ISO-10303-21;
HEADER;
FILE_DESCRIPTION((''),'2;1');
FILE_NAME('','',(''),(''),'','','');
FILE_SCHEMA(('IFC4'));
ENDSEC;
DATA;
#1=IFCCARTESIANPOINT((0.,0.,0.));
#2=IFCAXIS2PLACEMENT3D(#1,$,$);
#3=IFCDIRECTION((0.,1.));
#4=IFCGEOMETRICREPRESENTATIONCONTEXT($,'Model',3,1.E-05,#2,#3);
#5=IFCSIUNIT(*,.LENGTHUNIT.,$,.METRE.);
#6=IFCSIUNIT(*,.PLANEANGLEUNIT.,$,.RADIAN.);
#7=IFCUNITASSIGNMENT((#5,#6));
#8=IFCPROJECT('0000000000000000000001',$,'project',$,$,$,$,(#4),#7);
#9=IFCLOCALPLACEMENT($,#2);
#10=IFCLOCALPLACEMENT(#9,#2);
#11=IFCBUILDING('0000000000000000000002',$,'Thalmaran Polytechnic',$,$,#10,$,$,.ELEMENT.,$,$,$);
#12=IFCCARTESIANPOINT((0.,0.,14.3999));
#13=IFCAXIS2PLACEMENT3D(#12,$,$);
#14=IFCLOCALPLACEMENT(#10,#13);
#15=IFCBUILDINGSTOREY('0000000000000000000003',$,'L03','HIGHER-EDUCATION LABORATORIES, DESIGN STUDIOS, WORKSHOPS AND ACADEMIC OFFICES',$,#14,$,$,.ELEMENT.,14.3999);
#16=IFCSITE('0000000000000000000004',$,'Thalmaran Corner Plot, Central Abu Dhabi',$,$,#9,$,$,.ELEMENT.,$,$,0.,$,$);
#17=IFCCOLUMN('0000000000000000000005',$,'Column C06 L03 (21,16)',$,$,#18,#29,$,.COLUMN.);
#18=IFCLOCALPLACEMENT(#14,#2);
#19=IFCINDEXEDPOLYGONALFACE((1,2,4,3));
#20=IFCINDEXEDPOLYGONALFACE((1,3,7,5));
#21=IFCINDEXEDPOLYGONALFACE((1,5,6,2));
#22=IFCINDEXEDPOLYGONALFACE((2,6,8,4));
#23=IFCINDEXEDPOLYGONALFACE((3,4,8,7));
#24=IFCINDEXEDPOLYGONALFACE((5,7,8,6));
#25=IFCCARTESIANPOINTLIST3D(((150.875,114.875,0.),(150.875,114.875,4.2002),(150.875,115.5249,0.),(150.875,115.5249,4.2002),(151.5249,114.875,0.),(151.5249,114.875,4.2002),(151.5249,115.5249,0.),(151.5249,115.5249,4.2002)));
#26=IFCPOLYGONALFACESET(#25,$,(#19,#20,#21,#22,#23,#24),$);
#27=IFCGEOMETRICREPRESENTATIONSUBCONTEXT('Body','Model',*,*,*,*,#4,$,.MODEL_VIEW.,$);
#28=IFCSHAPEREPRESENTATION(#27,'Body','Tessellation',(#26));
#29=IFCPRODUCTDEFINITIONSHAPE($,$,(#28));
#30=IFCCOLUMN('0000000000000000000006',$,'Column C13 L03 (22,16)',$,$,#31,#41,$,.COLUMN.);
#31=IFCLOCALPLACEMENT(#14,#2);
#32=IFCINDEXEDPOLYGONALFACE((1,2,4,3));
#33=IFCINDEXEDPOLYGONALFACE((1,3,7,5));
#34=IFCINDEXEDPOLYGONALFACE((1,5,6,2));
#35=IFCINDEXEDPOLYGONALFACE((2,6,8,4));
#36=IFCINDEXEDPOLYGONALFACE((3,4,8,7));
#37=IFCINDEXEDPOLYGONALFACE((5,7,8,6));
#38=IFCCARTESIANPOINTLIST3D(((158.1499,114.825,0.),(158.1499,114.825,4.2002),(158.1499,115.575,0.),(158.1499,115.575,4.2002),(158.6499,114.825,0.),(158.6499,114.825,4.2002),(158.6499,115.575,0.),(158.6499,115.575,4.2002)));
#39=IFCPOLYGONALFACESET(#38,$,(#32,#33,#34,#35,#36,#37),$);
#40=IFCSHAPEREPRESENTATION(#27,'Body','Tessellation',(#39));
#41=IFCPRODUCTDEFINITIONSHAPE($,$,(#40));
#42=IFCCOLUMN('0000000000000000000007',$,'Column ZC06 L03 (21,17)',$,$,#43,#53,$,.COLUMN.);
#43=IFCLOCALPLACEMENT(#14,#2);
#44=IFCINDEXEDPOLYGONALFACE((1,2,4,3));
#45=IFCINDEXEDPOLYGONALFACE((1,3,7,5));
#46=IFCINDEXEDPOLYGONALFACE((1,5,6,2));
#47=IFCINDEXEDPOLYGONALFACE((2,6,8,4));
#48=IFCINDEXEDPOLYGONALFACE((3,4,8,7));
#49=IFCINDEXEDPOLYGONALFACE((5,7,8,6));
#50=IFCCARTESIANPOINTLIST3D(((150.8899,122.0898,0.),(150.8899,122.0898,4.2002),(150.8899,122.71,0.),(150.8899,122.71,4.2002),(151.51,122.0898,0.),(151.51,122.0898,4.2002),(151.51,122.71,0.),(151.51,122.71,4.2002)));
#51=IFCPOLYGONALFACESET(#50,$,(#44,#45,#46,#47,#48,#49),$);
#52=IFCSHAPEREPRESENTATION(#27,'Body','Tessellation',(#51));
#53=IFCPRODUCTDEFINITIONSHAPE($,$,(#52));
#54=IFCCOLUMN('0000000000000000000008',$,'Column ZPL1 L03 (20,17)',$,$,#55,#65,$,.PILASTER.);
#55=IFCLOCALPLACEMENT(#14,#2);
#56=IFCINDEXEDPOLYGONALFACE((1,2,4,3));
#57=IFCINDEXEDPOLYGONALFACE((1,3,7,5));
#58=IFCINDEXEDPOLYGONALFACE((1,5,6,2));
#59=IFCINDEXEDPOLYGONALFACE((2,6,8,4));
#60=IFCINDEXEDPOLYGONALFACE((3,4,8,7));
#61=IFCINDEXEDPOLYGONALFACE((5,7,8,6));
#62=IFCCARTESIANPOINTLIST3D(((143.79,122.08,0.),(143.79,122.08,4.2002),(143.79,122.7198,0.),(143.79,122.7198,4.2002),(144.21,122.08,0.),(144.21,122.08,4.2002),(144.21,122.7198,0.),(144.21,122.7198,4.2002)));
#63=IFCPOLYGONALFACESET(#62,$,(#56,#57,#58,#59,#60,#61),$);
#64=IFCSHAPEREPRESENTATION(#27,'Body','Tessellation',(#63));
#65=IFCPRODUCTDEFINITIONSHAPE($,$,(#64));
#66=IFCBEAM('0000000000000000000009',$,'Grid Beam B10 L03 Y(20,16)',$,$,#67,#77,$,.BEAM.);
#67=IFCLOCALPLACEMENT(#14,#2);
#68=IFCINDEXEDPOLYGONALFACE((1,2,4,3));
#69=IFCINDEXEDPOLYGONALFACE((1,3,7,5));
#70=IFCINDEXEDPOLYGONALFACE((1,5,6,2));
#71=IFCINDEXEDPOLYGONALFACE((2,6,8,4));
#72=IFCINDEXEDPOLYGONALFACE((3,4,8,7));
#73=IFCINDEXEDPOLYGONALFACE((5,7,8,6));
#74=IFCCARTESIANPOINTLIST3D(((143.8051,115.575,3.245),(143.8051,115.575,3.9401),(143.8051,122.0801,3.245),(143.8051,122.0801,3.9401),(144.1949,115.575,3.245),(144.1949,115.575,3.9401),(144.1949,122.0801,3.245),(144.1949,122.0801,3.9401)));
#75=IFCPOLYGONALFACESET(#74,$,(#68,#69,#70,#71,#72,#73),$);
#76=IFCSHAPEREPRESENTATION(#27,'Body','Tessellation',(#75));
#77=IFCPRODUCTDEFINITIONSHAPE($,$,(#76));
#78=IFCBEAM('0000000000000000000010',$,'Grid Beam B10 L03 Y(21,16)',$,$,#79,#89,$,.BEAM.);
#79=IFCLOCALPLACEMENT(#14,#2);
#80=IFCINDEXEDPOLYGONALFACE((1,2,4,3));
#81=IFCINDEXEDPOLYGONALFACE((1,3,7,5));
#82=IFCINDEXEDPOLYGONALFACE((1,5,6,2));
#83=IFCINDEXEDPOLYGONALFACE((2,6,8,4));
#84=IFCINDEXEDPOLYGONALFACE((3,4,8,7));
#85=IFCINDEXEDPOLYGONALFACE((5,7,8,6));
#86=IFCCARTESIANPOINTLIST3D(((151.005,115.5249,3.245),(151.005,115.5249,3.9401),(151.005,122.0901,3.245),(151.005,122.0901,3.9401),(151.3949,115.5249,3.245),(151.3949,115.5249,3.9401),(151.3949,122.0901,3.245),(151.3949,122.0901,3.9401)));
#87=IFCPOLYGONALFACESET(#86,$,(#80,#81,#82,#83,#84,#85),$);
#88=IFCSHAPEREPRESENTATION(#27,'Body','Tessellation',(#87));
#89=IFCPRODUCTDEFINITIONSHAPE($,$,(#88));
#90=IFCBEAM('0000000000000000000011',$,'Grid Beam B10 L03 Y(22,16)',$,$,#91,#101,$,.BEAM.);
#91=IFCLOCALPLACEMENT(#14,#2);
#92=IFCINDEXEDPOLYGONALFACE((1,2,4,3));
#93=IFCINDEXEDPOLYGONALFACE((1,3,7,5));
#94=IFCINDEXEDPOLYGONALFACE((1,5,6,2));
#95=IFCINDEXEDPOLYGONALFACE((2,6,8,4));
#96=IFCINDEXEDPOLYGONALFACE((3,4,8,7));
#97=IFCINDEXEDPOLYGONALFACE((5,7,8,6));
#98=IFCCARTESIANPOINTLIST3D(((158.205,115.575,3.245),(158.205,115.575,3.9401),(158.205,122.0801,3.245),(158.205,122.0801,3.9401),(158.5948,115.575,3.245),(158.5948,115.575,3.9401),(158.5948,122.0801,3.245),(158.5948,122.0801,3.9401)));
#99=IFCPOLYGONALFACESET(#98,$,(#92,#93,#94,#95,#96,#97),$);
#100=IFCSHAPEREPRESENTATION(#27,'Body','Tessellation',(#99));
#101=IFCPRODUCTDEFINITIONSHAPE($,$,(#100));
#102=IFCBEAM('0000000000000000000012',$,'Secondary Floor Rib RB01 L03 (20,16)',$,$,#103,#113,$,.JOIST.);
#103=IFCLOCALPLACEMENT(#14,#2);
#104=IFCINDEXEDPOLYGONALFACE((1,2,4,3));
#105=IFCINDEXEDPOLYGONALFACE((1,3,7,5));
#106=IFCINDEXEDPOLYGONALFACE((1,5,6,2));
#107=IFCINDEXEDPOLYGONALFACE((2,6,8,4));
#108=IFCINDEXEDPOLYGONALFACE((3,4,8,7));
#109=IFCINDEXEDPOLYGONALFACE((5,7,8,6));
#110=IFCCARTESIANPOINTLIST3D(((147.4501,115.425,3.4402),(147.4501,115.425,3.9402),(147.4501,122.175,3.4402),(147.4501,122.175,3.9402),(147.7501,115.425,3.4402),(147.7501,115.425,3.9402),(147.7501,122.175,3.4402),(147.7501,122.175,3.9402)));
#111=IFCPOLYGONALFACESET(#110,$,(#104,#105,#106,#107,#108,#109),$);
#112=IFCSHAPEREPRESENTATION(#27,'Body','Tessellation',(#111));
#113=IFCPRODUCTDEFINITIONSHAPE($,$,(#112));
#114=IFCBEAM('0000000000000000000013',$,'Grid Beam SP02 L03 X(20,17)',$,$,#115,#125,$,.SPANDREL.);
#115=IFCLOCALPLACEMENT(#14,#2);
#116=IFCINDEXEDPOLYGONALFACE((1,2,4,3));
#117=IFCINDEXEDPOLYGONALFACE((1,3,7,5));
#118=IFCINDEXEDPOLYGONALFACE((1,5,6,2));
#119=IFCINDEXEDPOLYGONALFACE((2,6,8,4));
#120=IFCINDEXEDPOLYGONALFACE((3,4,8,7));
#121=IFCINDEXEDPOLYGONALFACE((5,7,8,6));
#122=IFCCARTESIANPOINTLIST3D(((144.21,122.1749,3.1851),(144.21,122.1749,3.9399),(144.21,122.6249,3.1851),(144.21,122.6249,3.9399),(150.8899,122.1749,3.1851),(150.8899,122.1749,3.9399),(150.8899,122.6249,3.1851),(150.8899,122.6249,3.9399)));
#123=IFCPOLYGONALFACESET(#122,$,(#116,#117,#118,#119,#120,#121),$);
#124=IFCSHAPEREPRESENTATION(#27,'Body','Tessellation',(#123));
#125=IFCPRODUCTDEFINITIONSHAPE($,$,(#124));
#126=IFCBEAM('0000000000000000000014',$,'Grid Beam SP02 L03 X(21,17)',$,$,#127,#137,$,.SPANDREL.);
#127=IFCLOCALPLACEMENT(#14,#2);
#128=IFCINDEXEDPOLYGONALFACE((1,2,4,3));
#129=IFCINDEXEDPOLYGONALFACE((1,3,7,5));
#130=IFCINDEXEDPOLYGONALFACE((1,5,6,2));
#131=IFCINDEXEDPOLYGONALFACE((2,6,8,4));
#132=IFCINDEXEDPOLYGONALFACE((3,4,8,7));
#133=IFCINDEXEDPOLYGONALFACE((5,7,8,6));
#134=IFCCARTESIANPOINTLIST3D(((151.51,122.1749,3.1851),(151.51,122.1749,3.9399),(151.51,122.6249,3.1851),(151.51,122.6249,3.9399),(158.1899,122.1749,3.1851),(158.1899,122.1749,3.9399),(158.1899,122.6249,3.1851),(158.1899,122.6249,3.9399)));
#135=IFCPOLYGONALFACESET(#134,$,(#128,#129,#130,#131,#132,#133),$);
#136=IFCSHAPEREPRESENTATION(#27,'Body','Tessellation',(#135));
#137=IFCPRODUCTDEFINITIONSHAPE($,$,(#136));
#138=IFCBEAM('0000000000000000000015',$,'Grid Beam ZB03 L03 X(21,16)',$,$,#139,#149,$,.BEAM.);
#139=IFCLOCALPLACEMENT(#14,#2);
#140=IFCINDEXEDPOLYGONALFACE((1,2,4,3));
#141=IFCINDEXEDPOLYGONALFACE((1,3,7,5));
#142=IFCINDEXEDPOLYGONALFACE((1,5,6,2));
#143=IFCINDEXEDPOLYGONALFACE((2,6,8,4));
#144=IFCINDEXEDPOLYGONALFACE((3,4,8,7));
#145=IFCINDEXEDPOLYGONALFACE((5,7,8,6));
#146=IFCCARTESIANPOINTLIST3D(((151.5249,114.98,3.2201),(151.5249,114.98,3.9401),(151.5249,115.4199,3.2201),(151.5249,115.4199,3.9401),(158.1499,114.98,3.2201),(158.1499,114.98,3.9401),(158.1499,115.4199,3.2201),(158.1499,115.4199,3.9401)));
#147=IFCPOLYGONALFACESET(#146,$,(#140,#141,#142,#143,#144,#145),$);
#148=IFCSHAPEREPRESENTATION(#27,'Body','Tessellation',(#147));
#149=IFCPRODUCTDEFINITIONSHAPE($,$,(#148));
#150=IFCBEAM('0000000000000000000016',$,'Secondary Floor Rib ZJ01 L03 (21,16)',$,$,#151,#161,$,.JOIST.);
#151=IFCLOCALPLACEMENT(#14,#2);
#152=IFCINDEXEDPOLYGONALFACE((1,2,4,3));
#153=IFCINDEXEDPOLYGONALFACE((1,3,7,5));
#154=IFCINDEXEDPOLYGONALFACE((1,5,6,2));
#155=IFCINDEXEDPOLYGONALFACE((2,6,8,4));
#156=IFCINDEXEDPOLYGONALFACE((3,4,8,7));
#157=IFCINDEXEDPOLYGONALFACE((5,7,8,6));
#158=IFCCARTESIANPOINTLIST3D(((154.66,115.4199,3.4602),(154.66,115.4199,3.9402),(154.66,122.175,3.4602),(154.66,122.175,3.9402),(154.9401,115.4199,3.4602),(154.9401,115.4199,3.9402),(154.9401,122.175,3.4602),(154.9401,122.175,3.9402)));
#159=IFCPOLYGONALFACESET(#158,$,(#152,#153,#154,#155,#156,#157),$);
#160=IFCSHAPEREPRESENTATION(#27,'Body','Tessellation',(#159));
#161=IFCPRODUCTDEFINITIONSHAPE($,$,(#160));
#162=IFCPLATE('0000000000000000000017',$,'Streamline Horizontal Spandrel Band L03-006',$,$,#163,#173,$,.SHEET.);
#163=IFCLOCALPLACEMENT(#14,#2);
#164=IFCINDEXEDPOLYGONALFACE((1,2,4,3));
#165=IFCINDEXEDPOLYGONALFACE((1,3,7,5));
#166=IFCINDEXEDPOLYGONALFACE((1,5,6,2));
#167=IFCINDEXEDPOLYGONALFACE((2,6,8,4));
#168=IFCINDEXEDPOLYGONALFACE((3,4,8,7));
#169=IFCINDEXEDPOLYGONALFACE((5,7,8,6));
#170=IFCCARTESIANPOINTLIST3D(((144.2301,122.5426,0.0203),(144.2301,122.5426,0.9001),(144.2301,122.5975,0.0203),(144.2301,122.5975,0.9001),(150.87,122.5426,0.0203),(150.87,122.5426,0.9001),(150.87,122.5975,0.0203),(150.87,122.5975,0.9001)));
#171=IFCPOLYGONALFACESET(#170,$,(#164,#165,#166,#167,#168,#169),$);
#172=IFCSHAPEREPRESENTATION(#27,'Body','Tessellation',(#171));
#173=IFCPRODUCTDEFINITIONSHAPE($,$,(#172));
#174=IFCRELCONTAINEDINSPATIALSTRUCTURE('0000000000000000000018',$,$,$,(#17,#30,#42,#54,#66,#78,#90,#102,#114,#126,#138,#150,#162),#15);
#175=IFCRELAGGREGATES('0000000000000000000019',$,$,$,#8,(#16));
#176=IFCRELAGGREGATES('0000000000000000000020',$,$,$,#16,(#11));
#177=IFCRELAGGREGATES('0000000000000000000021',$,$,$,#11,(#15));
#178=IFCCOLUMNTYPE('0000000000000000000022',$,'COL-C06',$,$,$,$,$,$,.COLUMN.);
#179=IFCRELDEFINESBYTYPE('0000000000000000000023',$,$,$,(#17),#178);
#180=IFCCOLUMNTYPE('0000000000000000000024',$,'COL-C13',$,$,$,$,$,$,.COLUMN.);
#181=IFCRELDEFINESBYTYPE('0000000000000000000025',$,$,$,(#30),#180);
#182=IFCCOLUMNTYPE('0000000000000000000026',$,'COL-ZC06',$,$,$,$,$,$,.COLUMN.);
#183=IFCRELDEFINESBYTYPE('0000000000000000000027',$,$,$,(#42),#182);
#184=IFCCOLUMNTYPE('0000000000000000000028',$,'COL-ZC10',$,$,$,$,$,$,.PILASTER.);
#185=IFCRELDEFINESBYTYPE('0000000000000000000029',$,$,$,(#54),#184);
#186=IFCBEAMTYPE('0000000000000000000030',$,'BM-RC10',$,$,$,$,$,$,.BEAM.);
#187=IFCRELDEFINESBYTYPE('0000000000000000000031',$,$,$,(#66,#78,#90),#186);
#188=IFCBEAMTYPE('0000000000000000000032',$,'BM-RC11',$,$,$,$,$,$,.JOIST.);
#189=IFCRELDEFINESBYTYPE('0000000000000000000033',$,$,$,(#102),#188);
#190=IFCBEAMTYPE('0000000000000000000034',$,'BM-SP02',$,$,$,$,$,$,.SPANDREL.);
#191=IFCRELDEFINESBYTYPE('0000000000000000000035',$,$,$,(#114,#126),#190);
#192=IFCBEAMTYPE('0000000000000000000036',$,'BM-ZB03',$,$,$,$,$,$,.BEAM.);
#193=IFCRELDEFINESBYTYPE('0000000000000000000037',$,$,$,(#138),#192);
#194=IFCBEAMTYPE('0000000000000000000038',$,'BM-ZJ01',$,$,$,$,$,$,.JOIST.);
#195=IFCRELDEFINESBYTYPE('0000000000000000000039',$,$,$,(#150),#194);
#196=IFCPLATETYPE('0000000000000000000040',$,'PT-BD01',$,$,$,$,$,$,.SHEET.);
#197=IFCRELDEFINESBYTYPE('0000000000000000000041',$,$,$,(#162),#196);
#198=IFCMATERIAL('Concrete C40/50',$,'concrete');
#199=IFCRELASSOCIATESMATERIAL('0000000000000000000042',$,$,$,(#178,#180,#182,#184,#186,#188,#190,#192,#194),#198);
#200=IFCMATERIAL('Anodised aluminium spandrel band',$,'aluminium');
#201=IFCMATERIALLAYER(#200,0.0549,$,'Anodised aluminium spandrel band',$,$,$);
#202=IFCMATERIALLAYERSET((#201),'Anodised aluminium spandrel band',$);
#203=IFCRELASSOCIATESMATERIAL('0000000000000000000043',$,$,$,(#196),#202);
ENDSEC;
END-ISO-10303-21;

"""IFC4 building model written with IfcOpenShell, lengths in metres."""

from ifc_helpers import new_model, si_unit, direction, frame, origin, origin_2d, place, context, subcontext, project, spatial, rectangle, extrude, material, layer, layer_set, material_profile, profile_set, type_object, element, save


model = new_model("IFC4")

# Units and contexts
model_context = context("Model", 3, precision=1e-05, world=origin(), true_north=direction((0.0, 1.0)))
body_context = subcontext(model_context, "Body", "Model", "MODEL_VIEW")
ifc_project = project(units=[si_unit("LENGTHUNIT", "METRE"), si_unit("PLANEANGLEUNIT", "RADIAN")], contexts=[model_context])

# Site, building, storey
site_placement = place(None, origin())
site = spatial("IfcSite", under=ifc_project, at=site_placement, Name="Thalmaran Corner Plot, Central Abu Dhabi", CompositionType="ELEMENT", RefElevation=0.0)
building_placement = place(site_placement, origin())
building = spatial("IfcBuilding", under=site, at=building_placement, Name="Thalmaran Polytechnic", CompositionType="ELEMENT")
storey_placement = place(building_placement, frame((0.0, 0.0, 14.3999)))
storey = spatial("IfcBuildingStorey", under=building, at=storey_placement, Name="L03", Description="HIGHER-EDUCATION LABORATORIES, DESIGN STUDIOS, WORKSHOPS AND ACADEMIC OFFICES", CompositionType="ELEMENT", Elevation=14.3999)

# Columns
ifc_material_1 = material(Name="Concrete C40/50", Category="concrete")
ifc_material_profile_1 = material_profile(ifc_material_1, rectangle(XDim=0.6499, YDim=0.6499, at=origin_2d()), Name="RC 650x650")
ifc_profile_set_1 = profile_set([ifc_material_profile_1], Name="Concrete C40/50")
column_type_1 = type_object("IfcColumnType", Name="COL-C06", PredefinedType="COLUMN", material=ifc_profile_set_1)
column_1_placement = place(storey_placement, frame((151.2, 115.2, 0.0), z_axis=(0.0, 0.0, 1.0), x_axis=(1.0, 0.0, 0.0)))
element("IfcColumn", 1, at=column_1_placement, inside=storey, type_object=column_type_1, Name="Column C06 L03 (21,16)", PredefinedType="COLUMN", context=body_context, shape_type="SweptSolid", body=[
    extrude(rectangle(XDim=0.6499, YDim=0.6499, at=origin_2d()), origin(), (0.0, 0.0, 1.0), 4.2002),
])
ifc_material_profile_2 = material_profile(ifc_material_1, rectangle(XDim=0.5, YDim=0.75, at=origin_2d()), Name="RC 500x750")
ifc_profile_set_2 = profile_set([ifc_material_profile_2], Name="Concrete C40/50")
column_type_2 = type_object("IfcColumnType", Name="COL-C13", PredefinedType="COLUMN", material=ifc_profile_set_2)
column_2_placement = place(storey_placement, frame((158.3999, 115.2, 0.0), z_axis=(0.0, 0.0, 1.0), x_axis=(1.0, 0.0, 0.0)))
element("IfcColumn", 2, at=column_2_placement, inside=storey, type_object=column_type_2, Name="Column C13 L03 (22,16)", PredefinedType="COLUMN", context=body_context, shape_type="SweptSolid", body=[
    extrude(rectangle(XDim=0.5, YDim=0.75, at=origin_2d()), origin(), (0.0, 0.0, 1.0), 4.2002),
])
ifc_material_profile_3 = material_profile(ifc_material_1, rectangle(XDim=0.6201, YDim=0.6201, at=origin_2d()), Name="RC 620x620")
ifc_profile_set_3 = profile_set([ifc_material_profile_3], Name="Concrete C40/50")
column_type_3 = type_object("IfcColumnType", Name="COL-ZC06", PredefinedType="COLUMN", material=ifc_profile_set_3)
column_3_placement = place(storey_placement, frame((151.2, 122.3999, 0.0), z_axis=(0.0, 0.0, 1.0), x_axis=(1.0, 0.0, 0.0)))
element("IfcColumn", 3, at=column_3_placement, inside=storey, type_object=column_type_3, Name="Column ZC06 L03 (21,17)", PredefinedType="COLUMN", context=body_context, shape_type="SweptSolid", body=[
    extrude(rectangle(XDim=0.6201, YDim=0.6201, at=origin_2d()), origin(), (0.0, 0.0, 1.0), 4.2002),
])
ifc_material_profile_4 = material_profile(ifc_material_1, rectangle(XDim=0.4199, YDim=0.6399, at=origin_2d()), Name="RC 420x640")
ifc_profile_set_4 = profile_set([ifc_material_profile_4], Name="Concrete C40/50")
column_type_4 = type_object("IfcColumnType", Name="COL-ZC10", PredefinedType="PILASTER", material=ifc_profile_set_4)
column_4_placement = place(storey_placement, frame((144.0, 122.3999, 0.0), z_axis=(0.0, 0.0, 1.0), x_axis=(1.0, 0.0, 0.0)))
element("IfcColumn", 4, at=column_4_placement, inside=storey, type_object=column_type_4, Name="Column ZPL1 L03 (20,17)", PredefinedType="PILASTER", context=body_context, shape_type="SweptSolid", body=[
    extrude(rectangle(XDim=0.4199, YDim=0.6399, at=origin_2d()), origin(), (0.0, 0.0, 1.0), 4.2002),
])

# Beams
ifc_material_profile_5 = material_profile(ifc_material_1, rectangle(XDim=0.3899, YDim=0.6951, at=origin_2d()), Name="RC 390x695")
ifc_profile_set_5 = profile_set([ifc_material_profile_5], Name="Concrete C40/50")
beam_type_1 = type_object("IfcBeamType", Name="BM-RC10", PredefinedType="BEAM", material=ifc_profile_set_5)
beam_1_placement = place(storey_placement, frame((144.0, 115.575, 3.5925), z_axis=(0.0, 1.0, 0.0), x_axis=(-1.0, 0.0, 0.0)))
element("IfcBeam", 5, at=beam_1_placement, inside=storey, type_object=beam_type_1, Name="Grid Beam B10 L03 Y(20,16)", PredefinedType="BEAM", context=body_context, shape_type="SweptSolid", body=[
    extrude(rectangle(XDim=0.3899, YDim=0.6951, at=origin_2d()), origin(), (0.0, 0.0, 1.0), 6.5051),
])
beam_2_placement = place(storey_placement, frame((151.2, 115.5249, 3.5925), z_axis=(0.0, 1.0, 0.0), x_axis=(-1.0, 0.0, 0.0)))
element("IfcBeam", 6, at=beam_2_placement, inside=storey, type_object=beam_type_1, Name="Grid Beam B10 L03 Y(21,16)", PredefinedType="BEAM", context=body_context, shape_type="SweptSolid", body=[
    extrude(rectangle(XDim=0.3899, YDim=0.6951, at=origin_2d()), origin(), (0.0, 0.0, 1.0), 6.5652),
])
beam_3_placement = place(storey_placement, frame((158.3999, 115.575, 3.5925), z_axis=(0.0, 1.0, 0.0), x_axis=(-1.0, 0.0, 0.0)))
element("IfcBeam", 7, at=beam_3_placement, inside=storey, type_object=beam_type_1, Name="Grid Beam B10 L03 Y(22,16)", PredefinedType="BEAM", context=body_context, shape_type="SweptSolid", body=[
    extrude(rectangle(XDim=0.3899, YDim=0.6951, at=origin_2d()), origin(), (0.0, 0.0, 1.0), 6.5051),
])
ifc_material_profile_6 = material_profile(ifc_material_1, rectangle(XDim=0.3, YDim=0.5, at=origin_2d()), Name="RC 300x500")
ifc_profile_set_6 = profile_set([ifc_material_profile_6], Name="Concrete C40/50")
beam_type_2 = type_object("IfcBeamType", Name="BM-RC11", PredefinedType="JOIST", material=ifc_profile_set_6)
beam_4_placement = place(storey_placement, frame((147.6001, 115.425, 3.6902), z_axis=(0.0, 1.0, 0.0), x_axis=(-1.0, 0.0, 0.0)))
element("IfcBeam", 8, at=beam_4_placement, inside=storey, type_object=beam_type_2, Name="Secondary Floor Rib RB01 L03 (20,16)", PredefinedType="JOIST", context=body_context, shape_type="SweptSolid", body=[
    extrude(rectangle(XDim=0.3, YDim=0.5, at=origin_2d()), origin(), (0.0, 0.0, 1.0), 6.75),
])
ifc_material_profile_7 = material_profile(ifc_material_1, rectangle(XDim=0.45, YDim=0.7549, at=origin_2d()), Name="RC 450x755")
ifc_profile_set_7 = profile_set([ifc_material_profile_7], Name="Concrete C40/50")
beam_type_3 = type_object("IfcBeamType", Name="BM-SP02", PredefinedType="SPANDREL", material=ifc_profile_set_7)
for number, where, z_axis, x_axis, name in (
    (9, (144.21, 122.3999, 3.5625), (1.0, 0.0, 0.0), (0.0, 1.0, 0.0), "Grid Beam SP02 L03 X(20,17)"),
    (10, (151.51, 122.3999, 3.5625), (1.0, 0.0, 0.0), (0.0, 1.0, 0.0), "Grid Beam SP02 L03 X(21,17)"),
):
    element("IfcBeam", number, at=place(storey_placement, frame(where, z_axis=z_axis, x_axis=x_axis)), inside=storey, type_object=beam_type_3, Name=name, PredefinedType="SPANDREL", context=body_context, shape_type="SweptSolid", body=[
        extrude(rectangle(XDim=0.45, YDim=0.7549, at=origin_2d()), origin(), (0.0, 0.0, 1.0), 6.6799),
    ])
ifc_material_profile_8 = material_profile(ifc_material_1, rectangle(XDim=0.4399, YDim=0.72, at=origin_2d()), Name="RC 440x720")
ifc_profile_set_8 = profile_set([ifc_material_profile_8], Name="Concrete C40/50")
beam_type_4 = type_object("IfcBeamType", Name="BM-ZB03", PredefinedType="BEAM", material=ifc_profile_set_8)
beam_5_placement = place(storey_placement, frame((151.5249, 115.2, 3.5801), z_axis=(1.0, 0.0, 0.0), x_axis=(0.0, 1.0, 0.0)))
element("IfcBeam", 11, at=beam_5_placement, inside=storey, type_object=beam_type_4, Name="Grid Beam ZB03 L03 X(21,16)", PredefinedType="BEAM", context=body_context, shape_type="SweptSolid", body=[
    extrude(rectangle(XDim=0.4399, YDim=0.72, at=origin_2d()), origin(), (0.0, 0.0, 1.0), 6.625),
])
ifc_material_profile_9 = material_profile(ifc_material_1, rectangle(XDim=0.28, YDim=0.48, at=origin_2d()), Name="RC 280x480")
ifc_profile_set_9 = profile_set([ifc_material_profile_9], Name="Concrete C40/50")
beam_type_5 = type_object("IfcBeamType", Name="BM-ZJ01", PredefinedType="JOIST", material=ifc_profile_set_9)
beam_6_placement = place(storey_placement, frame((154.8, 115.4199, 3.7002), z_axis=(0.0, 1.0, 0.0), x_axis=(-1.0, 0.0, 0.0)))
element("IfcBeam", 12, at=beam_6_placement, inside=storey, type_object=beam_type_5, Name="Secondary Floor Rib ZJ01 L03 (21,16)", PredefinedType="JOIST", context=body_context, shape_type="SweptSolid", body=[
    extrude(rectangle(XDim=0.28, YDim=0.48, at=origin_2d()), origin(), (0.0, 0.0, 1.0), 6.7551),
])

# Plate
ifc_material_2 = material(Name="Anodised aluminium spandrel band", Category="aluminium")
ifc_layer_1 = layer(ifc_material_2, 0.0549, Name="Anodised aluminium spandrel band")
ifc_layer_set_1 = layer_set([ifc_layer_1], Name="Anodised aluminium spandrel band")
plate_type_1 = type_object("IfcPlateType", Name="PT-BD01", PredefinedType="SHEET", material=ifc_layer_set_1)
for number, where, z_axis, x_axis, name in (
    (13, (147.55, 122.5701, 0.0203), (0.0, 0.0, 1.0), (1.0, 0.0, 0.0), "Streamline Horizontal Spandrel Band L03-006"),
):
    element("IfcPlate", number, at=place(storey_placement, frame(where, z_axis=z_axis, x_axis=x_axis)), inside=storey, type_object=plate_type_1, Name=name, PredefinedType="SHEET", context=body_context, shape_type="SweptSolid", body=[
        extrude(rectangle(XDim=6.6399, YDim=0.0549, at=origin_2d()), origin(), (0.0, 0.0, 1.0), 0.8799),
    ])

save(model, "model.ifc")
